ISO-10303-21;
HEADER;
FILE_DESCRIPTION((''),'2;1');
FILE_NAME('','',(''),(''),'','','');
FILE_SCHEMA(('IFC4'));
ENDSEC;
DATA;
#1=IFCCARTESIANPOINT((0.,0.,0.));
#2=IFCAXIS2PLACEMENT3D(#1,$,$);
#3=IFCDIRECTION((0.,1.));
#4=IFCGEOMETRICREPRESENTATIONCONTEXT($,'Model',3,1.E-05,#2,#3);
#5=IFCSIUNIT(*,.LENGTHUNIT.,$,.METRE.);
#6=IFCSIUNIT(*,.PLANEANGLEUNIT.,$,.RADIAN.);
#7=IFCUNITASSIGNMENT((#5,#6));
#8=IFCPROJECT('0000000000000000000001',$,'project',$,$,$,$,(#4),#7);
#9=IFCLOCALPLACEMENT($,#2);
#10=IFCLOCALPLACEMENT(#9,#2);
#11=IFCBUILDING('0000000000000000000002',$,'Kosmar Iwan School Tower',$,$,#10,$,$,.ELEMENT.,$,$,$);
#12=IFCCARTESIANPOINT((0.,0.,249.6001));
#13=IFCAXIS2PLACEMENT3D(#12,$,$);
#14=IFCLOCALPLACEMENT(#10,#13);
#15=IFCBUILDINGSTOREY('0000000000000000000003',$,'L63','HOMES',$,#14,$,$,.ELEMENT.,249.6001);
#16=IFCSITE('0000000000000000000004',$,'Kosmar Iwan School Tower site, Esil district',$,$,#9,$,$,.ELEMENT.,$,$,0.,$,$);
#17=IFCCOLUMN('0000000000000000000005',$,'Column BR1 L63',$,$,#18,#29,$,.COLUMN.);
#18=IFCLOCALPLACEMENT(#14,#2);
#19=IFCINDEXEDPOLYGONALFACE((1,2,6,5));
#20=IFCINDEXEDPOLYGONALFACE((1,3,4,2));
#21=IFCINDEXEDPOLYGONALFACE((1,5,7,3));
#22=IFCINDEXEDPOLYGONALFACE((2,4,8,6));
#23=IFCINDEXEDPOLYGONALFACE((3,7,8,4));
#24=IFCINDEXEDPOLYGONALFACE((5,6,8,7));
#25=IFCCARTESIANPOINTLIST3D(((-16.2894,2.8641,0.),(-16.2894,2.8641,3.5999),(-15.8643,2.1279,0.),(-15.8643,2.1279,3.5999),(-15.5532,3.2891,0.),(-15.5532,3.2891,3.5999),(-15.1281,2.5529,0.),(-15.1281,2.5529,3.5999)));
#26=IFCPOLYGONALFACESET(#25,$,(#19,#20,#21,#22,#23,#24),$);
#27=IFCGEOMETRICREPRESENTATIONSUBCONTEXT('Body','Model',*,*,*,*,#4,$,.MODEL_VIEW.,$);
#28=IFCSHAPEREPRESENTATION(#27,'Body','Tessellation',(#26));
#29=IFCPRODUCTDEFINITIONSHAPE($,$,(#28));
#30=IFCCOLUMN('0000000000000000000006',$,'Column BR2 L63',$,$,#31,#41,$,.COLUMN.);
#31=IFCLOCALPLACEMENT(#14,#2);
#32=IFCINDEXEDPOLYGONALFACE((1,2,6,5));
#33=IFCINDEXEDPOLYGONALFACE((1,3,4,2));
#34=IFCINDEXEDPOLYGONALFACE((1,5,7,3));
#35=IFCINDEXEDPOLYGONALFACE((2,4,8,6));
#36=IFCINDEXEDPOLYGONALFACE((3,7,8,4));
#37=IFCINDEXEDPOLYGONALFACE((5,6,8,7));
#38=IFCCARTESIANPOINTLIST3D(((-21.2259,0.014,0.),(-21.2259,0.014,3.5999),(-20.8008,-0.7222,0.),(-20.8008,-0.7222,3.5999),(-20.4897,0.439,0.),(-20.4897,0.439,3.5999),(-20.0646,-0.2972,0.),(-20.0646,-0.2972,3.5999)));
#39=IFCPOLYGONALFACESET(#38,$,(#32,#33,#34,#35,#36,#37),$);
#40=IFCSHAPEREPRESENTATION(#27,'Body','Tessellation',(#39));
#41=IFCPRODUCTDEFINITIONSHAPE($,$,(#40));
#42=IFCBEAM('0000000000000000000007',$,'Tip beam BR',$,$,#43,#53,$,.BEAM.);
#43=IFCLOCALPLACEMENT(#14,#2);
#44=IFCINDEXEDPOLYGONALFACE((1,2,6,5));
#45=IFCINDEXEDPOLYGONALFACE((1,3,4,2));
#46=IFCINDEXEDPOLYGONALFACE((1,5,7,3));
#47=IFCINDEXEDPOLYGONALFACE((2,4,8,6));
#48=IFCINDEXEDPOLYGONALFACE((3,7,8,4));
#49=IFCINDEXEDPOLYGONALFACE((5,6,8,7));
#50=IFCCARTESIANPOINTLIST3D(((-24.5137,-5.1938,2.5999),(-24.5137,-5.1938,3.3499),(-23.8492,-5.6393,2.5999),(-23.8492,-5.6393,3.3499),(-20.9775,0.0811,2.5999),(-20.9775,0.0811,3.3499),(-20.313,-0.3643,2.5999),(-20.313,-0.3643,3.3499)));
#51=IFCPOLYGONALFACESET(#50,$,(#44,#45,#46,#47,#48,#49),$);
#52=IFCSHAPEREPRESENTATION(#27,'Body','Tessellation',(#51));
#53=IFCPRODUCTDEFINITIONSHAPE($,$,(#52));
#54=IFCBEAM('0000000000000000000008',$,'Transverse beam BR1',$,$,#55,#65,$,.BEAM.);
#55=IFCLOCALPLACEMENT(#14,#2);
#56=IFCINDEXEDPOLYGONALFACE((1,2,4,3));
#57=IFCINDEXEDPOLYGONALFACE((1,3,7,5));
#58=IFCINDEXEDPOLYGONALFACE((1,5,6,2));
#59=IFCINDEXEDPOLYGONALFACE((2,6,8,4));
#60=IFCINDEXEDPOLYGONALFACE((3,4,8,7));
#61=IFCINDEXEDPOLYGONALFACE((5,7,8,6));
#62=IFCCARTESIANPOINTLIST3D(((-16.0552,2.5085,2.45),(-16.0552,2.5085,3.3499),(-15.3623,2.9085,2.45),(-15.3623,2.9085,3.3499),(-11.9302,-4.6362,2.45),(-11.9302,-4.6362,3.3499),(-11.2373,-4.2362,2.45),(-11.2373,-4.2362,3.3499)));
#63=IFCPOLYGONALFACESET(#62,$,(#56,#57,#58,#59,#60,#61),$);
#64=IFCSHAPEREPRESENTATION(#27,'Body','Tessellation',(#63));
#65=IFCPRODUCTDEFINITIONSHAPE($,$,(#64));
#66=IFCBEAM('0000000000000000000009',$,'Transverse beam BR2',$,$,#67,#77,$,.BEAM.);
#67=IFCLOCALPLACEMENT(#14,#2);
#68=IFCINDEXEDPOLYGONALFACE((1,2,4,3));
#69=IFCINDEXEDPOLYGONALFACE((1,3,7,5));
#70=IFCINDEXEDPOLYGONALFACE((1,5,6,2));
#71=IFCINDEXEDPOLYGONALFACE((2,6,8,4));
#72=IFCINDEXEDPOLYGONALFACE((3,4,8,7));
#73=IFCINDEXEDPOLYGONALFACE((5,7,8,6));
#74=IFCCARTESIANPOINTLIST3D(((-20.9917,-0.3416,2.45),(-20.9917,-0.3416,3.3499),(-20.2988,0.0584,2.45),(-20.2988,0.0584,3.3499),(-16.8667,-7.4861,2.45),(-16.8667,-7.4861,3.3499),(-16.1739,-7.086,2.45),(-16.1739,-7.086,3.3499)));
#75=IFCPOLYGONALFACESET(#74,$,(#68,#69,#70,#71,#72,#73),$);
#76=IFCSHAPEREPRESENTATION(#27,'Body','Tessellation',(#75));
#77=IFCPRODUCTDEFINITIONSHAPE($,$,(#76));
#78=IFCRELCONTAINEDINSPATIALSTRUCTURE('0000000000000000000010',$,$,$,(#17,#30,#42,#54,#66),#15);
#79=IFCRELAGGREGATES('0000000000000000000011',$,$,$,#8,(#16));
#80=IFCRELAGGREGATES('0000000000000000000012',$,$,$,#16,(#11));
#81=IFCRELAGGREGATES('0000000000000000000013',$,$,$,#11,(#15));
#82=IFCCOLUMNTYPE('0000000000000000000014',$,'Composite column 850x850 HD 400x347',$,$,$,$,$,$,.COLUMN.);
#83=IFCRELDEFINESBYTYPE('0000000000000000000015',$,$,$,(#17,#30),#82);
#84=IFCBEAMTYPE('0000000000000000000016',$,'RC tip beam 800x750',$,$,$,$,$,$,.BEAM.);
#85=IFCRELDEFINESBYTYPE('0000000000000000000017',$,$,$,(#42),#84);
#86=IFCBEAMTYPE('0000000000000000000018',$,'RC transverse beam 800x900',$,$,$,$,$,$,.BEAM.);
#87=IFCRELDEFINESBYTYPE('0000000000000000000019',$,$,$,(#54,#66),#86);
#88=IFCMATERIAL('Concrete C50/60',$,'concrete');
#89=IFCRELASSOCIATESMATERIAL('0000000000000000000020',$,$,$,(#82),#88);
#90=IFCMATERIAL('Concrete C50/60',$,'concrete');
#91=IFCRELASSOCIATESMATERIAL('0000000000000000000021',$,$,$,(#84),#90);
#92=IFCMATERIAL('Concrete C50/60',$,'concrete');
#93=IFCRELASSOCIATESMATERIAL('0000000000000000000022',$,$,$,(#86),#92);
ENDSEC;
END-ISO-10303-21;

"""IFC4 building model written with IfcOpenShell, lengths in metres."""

from ifc_helpers import new_model, si_unit, direction, frame, origin, origin_2d, place, context, subcontext, project, spatial, rectangle, extrude, material, material_profile, profile_set, type_object, element, save


model = new_model("IFC4")

# Units and contexts
model_context = context("Model", 3, precision=1e-05, world=origin(), true_north=direction((0.0, 1.0)))
body_context = subcontext(model_context, "Body", "Model", "MODEL_VIEW")
ifc_project = project(units=[si_unit("LENGTHUNIT", "METRE"), si_unit("PLANEANGLEUNIT", "RADIAN")], contexts=[model_context])

# Site, building, storey
site_placement = place(None, origin())
site = spatial("IfcSite", under=ifc_project, at=site_placement, Name="Kosmar Iwan School Tower site, Esil district", CompositionType="ELEMENT", RefElevation=0.0)
building_placement = place(site_placement, origin())
building = spatial("IfcBuilding", under=site, at=building_placement, Name="Kosmar Iwan School Tower", CompositionType="ELEMENT")
storey_placement = place(building_placement, frame((0.0, 0.0, 249.6001)))
storey = spatial("IfcBuildingStorey", under=building, at=storey_placement, Name="L63", Description="HOMES", CompositionType="ELEMENT", Elevation=249.6001)

# Columns
ifc_material_1 = material(Name="Concrete C50/60", Category="concrete")
ifc_material_profile_1 = material_profile(ifc_material_1, rectangle(XDim=0.8501, YDim=0.8501, at=origin_2d()), Name="RC 850x850 + HD 400x347")
ifc_profile_set_1 = profile_set([ifc_material_profile_1], Name="Concrete C50/60")
column_type = type_object("IfcColumnType", Name="Composite column 850x850 HD 400x347", PredefinedType="COLUMN", material=ifc_profile_set_1)
for number, where, z_axis, x_axis, name in (
    (1, (-15.7087, 2.7085, 0.0), (0.0, 0.0, 1.0), (-0.866025, -0.5, 0.0), "Column BR1 L63"),
    (2, (-20.6453, -0.1416, 0.0), (0.0, 0.0, 1.0), (-0.866025, -0.5, 0.0), "Column BR2 L63"),
):
    element("IfcColumn", number, at=place(storey_placement, frame(where, z_axis=z_axis, x_axis=x_axis)), inside=storey, type_object=column_type, Name=name, PredefinedType="COLUMN", context=body_context, shape_type="SweptSolid", body=[
        extrude(rectangle(XDim=0.8501, YDim=0.8501, at=origin_2d()), origin(), (0.0, 0.0, 1.0), 3.5999),
    ])

# Beams
ifc_material_2 = material(Name="Concrete C50/60", Category="concrete")
ifc_material_profile_2 = material_profile(ifc_material_2, rectangle(XDim=0.8, YDim=0.75, at=origin_2d()), Name="RC 800x750")
ifc_profile_set_2 = profile_set([ifc_material_profile_2], Name="Concrete C50/60")
beam_type_1 = type_object("IfcBeamType", Name="RC tip beam 800x750", PredefinedType="BEAM", material=ifc_profile_set_2)
beam_1_placement = place(storey_placement, frame((-20.6453, -0.1416, 2.9749), z_axis=(-0.556828, -0.830628, 0.0), x_axis=(0.830628, -0.556828, 0.0)))
element("IfcBeam", 3, at=beam_1_placement, inside=storey, type_object=beam_type_1, Name="Tip beam BR", PredefinedType="BEAM", context=body_context, shape_type="SweptSolid", body=[
    extrude(rectangle(XDim=0.8, YDim=0.75, at=origin_2d()), origin(), (0.0, 0.0, 1.0), 6.3506),
])
ifc_material_3 = material(Name="Concrete C50/60", Category="concrete")
ifc_material_profile_3 = material_profile(ifc_material_3, rectangle(XDim=0.8, YDim=0.8999, at=origin_2d()), Name="RC 800x900")
ifc_profile_set_3 = profile_set([ifc_material_profile_3], Name="Concrete C50/60")
beam_type_2 = type_object("IfcBeamType", Name="RC transverse beam 800x900", PredefinedType="BEAM", material=ifc_profile_set_3)
beam_2_placement = place(storey_placement, frame((-15.7087, 2.7085, 2.8999), z_axis=(0.499997, -0.866027, 0.0), x_axis=(0.866027, 0.499997, 0.0)))
element("IfcBeam", 4, at=beam_2_placement, inside=storey, type_object=beam_type_2, Name="Transverse beam BR1", PredefinedType="BEAM", context=body_context, shape_type="SweptSolid", body=[
    extrude(rectangle(XDim=0.8, YDim=0.8999, at=origin_2d()), origin(), (0.0, 0.0, 1.0), 8.25),
])
beam_3_placement = place(storey_placement, frame((-20.6453, -0.1416, 2.8999), z_axis=(0.500009, -0.86602, 0.0), x_axis=(0.86602, 0.500009, 0.0)))
element("IfcBeam", 5, at=beam_3_placement, inside=storey, type_object=beam_type_2, Name="Transverse beam BR2", PredefinedType="BEAM", context=body_context, shape_type="SweptSolid", body=[
    extrude(rectangle(XDim=0.8, YDim=0.8999, at=origin_2d()), origin(), (0.0, 0.0, 1.0), 8.2498),
])

save(model, "model.ifc")
